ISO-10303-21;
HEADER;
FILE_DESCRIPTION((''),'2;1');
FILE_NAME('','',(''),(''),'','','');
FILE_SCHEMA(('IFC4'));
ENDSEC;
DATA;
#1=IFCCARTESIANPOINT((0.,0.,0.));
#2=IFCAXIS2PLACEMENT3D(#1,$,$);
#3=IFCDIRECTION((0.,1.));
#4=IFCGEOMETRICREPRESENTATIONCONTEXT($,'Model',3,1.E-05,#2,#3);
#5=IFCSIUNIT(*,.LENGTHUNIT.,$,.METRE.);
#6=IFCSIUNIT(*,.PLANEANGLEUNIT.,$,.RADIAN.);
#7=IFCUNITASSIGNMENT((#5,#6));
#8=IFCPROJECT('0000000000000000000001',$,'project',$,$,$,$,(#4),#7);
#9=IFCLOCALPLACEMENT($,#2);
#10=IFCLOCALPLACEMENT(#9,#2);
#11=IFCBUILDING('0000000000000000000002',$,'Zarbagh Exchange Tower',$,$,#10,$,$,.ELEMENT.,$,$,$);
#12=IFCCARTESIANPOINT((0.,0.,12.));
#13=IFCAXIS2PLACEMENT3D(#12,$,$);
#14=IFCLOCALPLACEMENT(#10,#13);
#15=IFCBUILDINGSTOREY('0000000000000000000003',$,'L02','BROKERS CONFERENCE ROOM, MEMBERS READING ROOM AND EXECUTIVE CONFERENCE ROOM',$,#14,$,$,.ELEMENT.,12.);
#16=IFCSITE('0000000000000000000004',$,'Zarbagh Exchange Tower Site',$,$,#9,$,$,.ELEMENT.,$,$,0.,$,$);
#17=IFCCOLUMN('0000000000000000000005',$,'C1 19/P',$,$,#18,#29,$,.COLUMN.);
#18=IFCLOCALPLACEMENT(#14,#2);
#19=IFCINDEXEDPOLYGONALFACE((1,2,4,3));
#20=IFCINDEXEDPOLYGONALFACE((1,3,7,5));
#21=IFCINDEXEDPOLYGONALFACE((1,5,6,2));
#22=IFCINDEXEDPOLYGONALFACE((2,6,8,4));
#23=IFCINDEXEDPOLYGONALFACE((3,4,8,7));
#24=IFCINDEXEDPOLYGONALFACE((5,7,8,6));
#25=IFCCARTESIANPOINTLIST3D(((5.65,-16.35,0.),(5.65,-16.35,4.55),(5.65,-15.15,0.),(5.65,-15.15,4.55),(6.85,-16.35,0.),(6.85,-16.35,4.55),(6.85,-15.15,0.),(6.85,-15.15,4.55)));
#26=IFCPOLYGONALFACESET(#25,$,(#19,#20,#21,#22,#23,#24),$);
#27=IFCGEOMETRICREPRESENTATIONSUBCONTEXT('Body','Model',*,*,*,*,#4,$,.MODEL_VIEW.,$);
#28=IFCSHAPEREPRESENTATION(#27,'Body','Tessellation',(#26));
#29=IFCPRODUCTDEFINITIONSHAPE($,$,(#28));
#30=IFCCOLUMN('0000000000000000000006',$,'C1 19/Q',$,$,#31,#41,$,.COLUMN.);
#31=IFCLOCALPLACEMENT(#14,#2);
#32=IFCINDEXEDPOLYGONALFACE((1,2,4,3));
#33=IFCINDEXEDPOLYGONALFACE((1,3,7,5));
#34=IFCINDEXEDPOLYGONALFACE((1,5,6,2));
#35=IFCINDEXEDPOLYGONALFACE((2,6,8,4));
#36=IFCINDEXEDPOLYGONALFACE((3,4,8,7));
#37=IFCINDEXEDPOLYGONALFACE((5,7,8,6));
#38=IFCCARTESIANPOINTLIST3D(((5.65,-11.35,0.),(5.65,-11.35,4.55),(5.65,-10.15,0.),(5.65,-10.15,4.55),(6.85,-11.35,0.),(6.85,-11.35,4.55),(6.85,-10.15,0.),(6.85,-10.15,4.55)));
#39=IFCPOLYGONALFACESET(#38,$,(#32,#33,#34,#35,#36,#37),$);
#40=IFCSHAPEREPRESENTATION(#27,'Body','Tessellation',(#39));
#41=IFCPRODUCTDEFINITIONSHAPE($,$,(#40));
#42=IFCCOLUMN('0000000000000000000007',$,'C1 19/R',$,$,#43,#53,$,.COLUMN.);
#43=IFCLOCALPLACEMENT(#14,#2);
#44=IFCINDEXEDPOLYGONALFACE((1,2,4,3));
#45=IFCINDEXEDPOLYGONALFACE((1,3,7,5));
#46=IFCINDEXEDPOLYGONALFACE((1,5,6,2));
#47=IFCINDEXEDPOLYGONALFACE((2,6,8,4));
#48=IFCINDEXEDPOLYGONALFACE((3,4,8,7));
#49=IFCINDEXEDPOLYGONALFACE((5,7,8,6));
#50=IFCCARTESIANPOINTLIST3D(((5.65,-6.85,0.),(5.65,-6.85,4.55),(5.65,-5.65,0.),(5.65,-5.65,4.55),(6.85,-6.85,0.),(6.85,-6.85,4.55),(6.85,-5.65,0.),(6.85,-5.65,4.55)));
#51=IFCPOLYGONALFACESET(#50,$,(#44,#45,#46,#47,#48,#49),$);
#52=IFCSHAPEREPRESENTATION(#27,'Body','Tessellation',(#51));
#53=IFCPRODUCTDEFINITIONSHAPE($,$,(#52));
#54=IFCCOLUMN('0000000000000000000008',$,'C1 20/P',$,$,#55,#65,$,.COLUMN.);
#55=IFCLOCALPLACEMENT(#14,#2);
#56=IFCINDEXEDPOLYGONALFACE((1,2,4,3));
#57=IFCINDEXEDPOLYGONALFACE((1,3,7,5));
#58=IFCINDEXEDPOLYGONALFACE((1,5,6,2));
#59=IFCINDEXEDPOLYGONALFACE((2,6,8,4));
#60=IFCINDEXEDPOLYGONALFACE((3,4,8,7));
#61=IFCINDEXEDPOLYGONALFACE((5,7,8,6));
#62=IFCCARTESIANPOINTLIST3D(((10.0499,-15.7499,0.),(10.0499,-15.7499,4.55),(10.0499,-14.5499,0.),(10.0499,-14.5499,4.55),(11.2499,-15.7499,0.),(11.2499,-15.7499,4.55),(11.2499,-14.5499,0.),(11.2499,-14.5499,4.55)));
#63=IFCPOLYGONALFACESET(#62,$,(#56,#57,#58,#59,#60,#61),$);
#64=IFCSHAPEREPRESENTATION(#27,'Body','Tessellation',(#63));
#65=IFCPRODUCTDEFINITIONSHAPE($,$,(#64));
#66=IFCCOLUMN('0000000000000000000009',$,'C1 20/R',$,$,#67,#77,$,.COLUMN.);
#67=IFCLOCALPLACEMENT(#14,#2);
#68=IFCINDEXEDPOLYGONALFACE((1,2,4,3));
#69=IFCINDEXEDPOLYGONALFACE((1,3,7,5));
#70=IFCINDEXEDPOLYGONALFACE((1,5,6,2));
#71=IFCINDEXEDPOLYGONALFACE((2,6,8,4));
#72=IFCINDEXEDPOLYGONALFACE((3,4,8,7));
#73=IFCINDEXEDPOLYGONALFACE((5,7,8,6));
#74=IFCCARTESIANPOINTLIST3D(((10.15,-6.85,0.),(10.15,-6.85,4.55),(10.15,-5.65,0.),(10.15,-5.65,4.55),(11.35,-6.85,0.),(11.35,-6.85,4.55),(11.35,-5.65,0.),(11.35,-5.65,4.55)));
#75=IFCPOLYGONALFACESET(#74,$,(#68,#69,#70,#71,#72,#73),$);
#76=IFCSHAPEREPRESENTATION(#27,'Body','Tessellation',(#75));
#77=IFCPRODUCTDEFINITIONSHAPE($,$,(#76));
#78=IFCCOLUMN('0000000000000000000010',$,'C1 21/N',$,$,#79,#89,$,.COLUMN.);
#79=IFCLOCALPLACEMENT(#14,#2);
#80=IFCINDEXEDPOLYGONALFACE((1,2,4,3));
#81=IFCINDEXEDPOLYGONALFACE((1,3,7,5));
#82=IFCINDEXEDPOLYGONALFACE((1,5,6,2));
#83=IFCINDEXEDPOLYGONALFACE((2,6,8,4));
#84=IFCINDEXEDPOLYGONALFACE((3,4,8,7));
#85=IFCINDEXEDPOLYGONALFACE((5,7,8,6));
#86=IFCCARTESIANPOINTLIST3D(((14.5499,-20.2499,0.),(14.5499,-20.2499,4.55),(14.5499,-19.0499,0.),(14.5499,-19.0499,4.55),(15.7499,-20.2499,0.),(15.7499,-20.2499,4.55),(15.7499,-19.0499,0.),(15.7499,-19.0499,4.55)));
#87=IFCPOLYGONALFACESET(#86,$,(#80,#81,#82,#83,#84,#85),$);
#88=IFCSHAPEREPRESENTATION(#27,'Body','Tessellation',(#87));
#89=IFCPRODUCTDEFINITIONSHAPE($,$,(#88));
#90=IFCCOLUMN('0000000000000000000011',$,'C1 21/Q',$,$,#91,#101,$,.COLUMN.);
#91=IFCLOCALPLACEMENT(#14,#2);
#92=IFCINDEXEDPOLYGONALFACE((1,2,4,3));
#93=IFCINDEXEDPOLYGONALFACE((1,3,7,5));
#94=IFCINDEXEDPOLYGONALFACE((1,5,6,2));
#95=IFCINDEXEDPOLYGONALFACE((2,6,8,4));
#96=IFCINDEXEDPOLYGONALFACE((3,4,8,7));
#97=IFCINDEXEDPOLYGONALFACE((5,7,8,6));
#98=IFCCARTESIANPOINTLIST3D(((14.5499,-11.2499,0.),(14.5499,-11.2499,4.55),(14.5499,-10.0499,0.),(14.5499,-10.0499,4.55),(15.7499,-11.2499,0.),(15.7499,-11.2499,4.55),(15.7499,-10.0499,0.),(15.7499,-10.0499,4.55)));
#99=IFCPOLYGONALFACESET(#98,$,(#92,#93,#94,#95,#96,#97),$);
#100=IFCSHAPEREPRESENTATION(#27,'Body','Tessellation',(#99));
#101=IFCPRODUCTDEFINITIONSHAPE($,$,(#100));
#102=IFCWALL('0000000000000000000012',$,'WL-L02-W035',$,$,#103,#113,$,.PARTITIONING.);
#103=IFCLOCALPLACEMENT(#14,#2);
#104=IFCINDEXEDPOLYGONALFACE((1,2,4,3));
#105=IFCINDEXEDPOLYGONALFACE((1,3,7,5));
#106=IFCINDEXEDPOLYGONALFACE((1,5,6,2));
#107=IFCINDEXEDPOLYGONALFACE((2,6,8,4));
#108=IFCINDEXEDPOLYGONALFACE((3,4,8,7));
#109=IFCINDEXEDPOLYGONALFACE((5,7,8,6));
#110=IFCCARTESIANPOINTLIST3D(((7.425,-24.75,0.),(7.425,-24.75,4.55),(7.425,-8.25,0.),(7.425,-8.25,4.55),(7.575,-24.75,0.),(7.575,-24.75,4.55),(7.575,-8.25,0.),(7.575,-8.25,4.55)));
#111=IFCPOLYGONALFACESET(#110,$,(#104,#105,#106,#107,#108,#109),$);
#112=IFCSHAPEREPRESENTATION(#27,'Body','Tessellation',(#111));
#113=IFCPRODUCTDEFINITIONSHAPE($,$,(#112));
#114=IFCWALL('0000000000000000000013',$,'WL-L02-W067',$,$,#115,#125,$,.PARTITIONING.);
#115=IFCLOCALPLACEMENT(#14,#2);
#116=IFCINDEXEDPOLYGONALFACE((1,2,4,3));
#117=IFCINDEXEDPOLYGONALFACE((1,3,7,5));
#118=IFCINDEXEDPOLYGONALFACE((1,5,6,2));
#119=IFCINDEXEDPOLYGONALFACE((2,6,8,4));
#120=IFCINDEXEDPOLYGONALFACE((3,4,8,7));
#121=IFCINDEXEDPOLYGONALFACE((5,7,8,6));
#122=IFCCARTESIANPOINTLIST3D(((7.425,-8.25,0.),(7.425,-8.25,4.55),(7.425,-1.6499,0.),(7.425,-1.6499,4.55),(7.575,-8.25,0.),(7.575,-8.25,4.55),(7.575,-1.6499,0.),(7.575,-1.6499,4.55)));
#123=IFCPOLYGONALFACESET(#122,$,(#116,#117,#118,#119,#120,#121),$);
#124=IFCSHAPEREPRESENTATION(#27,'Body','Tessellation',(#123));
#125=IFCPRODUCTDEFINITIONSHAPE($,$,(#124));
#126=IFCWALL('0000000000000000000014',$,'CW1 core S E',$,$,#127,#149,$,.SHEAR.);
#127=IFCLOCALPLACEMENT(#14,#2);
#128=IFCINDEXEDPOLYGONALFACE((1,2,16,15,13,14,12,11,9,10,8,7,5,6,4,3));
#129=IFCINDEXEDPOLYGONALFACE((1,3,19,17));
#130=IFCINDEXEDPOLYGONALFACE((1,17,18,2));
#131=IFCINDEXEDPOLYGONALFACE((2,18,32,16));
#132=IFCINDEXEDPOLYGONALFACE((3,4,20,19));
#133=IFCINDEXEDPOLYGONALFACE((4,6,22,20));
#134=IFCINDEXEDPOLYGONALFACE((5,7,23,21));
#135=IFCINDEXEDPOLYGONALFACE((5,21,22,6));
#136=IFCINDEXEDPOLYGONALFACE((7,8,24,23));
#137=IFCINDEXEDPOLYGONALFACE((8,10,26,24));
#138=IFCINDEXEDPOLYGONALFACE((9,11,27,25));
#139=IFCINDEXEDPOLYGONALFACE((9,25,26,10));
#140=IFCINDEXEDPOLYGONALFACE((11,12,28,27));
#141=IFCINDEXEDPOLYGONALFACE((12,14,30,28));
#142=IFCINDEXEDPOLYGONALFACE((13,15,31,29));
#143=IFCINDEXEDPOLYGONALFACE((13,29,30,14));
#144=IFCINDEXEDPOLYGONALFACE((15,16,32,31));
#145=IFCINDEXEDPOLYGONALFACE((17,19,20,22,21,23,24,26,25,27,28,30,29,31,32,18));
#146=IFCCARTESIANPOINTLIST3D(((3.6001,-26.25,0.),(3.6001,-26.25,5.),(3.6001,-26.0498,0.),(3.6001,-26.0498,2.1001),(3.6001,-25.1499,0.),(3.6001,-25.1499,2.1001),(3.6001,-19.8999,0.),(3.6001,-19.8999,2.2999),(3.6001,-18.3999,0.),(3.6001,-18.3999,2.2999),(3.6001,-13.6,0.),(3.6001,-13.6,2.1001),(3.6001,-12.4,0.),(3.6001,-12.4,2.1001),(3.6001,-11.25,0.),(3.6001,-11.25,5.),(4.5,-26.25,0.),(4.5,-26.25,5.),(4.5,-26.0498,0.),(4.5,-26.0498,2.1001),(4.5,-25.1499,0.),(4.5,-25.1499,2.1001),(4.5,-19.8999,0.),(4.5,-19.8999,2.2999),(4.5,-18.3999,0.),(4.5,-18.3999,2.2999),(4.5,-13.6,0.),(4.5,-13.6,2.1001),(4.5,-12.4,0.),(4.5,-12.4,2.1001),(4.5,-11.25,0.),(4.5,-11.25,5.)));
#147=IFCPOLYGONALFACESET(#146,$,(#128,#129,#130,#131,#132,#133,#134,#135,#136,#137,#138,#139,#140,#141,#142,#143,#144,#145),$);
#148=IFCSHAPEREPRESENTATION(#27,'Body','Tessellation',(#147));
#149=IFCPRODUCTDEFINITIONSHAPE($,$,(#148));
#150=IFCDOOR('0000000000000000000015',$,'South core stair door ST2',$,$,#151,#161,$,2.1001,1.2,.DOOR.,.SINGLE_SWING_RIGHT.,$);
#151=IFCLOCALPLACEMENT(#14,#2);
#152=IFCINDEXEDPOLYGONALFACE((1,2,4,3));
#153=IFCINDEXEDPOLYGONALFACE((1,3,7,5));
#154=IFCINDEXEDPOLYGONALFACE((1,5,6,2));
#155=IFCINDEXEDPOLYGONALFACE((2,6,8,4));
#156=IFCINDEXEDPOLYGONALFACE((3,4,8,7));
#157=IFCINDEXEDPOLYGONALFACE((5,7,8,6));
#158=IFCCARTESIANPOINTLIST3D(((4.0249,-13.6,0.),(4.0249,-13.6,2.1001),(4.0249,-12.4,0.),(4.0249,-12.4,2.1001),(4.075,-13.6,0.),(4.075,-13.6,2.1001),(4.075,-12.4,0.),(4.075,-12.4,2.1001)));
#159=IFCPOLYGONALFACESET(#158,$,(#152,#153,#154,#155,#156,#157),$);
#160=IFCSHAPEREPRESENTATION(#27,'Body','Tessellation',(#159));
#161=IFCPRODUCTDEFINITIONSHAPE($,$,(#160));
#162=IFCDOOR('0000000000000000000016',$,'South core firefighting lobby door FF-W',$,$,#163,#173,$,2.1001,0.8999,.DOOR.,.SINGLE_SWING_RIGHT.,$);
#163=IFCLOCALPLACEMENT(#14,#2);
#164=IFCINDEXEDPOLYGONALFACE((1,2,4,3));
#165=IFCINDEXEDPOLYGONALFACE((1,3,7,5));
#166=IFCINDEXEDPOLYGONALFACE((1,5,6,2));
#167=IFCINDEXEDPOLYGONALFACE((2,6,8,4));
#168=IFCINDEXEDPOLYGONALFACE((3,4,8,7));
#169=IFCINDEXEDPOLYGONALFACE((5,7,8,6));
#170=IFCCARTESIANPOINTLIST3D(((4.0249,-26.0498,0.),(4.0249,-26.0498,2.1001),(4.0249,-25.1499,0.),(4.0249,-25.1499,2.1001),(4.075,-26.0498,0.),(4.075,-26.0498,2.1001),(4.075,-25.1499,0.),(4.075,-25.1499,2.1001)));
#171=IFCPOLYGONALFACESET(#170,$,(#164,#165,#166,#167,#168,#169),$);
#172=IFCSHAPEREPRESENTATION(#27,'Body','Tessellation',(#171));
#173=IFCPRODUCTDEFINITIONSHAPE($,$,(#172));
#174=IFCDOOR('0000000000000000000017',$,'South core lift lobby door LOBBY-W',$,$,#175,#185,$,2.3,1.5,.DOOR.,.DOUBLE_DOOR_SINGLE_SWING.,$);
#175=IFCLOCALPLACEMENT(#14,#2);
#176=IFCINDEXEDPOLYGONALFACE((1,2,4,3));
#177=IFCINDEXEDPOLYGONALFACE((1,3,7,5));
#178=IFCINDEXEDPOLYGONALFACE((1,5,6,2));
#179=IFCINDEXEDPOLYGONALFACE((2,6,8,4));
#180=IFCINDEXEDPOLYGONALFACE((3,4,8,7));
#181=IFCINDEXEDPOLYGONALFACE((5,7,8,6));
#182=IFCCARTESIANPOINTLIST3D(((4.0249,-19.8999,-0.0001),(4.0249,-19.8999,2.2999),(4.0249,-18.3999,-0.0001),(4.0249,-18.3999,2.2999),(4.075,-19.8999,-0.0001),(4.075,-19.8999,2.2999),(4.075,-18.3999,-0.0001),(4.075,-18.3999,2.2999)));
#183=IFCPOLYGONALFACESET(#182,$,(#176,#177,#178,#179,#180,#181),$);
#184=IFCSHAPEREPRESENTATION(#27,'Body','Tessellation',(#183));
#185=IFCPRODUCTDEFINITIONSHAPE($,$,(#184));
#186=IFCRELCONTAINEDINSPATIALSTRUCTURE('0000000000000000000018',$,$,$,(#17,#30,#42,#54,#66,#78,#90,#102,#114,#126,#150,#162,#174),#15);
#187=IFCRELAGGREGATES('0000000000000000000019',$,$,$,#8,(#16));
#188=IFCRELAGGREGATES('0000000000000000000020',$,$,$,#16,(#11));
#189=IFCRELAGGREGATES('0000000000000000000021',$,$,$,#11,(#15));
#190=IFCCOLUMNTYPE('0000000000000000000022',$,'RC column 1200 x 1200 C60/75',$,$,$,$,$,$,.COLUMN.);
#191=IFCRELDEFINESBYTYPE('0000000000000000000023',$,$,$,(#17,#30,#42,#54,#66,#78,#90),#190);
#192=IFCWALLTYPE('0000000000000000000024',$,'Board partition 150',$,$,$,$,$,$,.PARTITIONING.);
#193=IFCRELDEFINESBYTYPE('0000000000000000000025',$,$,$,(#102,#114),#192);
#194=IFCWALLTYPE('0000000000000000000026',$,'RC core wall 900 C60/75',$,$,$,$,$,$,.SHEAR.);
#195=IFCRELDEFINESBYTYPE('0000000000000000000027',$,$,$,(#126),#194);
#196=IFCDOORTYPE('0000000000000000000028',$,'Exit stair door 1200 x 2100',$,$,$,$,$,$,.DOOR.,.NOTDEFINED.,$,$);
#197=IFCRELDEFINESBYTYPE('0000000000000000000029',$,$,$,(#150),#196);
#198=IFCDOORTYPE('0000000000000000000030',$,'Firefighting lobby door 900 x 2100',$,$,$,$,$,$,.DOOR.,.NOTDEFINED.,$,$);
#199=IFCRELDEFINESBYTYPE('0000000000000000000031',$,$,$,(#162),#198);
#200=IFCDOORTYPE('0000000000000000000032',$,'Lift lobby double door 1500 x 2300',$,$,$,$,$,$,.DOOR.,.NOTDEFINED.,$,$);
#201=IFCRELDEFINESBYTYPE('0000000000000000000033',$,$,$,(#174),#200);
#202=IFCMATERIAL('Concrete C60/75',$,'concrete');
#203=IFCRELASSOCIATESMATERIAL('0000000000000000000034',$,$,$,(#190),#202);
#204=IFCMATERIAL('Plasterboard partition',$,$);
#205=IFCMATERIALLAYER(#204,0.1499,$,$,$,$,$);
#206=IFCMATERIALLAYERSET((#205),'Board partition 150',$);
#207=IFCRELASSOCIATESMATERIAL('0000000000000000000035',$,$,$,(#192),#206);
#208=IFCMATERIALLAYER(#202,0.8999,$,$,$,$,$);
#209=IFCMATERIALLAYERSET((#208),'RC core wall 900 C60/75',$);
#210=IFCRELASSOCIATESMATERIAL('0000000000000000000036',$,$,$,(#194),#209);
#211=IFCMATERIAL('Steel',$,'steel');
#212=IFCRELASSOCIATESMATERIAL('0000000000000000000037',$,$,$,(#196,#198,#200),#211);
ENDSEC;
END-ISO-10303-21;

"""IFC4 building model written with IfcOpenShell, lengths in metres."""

from ifc_helpers import new_model, si_unit, direction, frame, frame_2d, origin, origin_2d, place, context, subcontext, project, spatial, rectangle, extrude, material, layer, layer_set, material_profile, profile_set, type_object, element, fill, save


model = new_model("IFC4")

# Units and contexts
model_context = context("Model", 3, precision=1e-05, world=origin(), true_north=direction((0.0, 1.0)))
body_context = subcontext(model_context, "Body", "Model", "MODEL_VIEW")
ifc_project = project(units=[si_unit("LENGTHUNIT", "METRE"), si_unit("PLANEANGLEUNIT", "RADIAN")], contexts=[model_context])

# Site, building, storey
site_placement = place(None, origin())
site = spatial("IfcSite", under=ifc_project, at=site_placement, Name="Zarbagh Exchange Tower Site", CompositionType="ELEMENT", RefElevation=0.0)
building_placement = place(site_placement, origin())
building = spatial("IfcBuilding", under=site, at=building_placement, Name="Zarbagh Exchange Tower", CompositionType="ELEMENT")
storey_placement = place(building_placement, frame((0.0, 0.0, 12.0)))
storey = spatial("IfcBuildingStorey", under=building, at=storey_placement, Name="L02", Description="BROKERS CONFERENCE ROOM, MEMBERS READING ROOM AND EXECUTIVE CONFERENCE ROOM", CompositionType="ELEMENT", Elevation=12.0)

# Columns
ifc_material_1 = material(Name="Concrete C60/75", Category="concrete")
ifc_material_profile = material_profile(ifc_material_1, rectangle(XDim=1.2, YDim=1.2, at=origin_2d()), Name="RC column 1200 x 1200 C60/75")
ifc_profile_set = profile_set([ifc_material_profile], Name="Concrete C60/75")
column_type = type_object("IfcColumnType", Name="RC column 1200 x 1200 C60/75", PredefinedType="COLUMN", material=ifc_profile_set)
for number, where, z_axis, x_axis, name in (
    (1, (6.25, -15.75, 0.0), (0.0, 0.0, 1.0), (1.0, 0.0, 0.0), "C1 19/P"),
    (2, (6.25, -10.75, 0.0), (0.0, 0.0, 1.0), (1.0, 0.0, 0.0), "C1 19/Q"),
    (3, (6.25, -6.25, 0.0), (0.0, 0.0, 1.0), (1.0, 0.0, 0.0), "C1 19/R"),
    (4, (10.6499, -15.1499, 0.0), (0.0, 0.0, 1.0), (1.0, 0.0, 0.0), "C1 20/P"),
    (5, (10.75, -6.25, 0.0), (0.0, 0.0, 1.0), (1.0, 0.0, 0.0), "C1 20/R"),
    (6, (15.1499, -19.6499, 0.0), (0.0, 0.0, 1.0), (1.0, 0.0, 0.0), "C1 21/N"),
    (7, (15.1499, -10.6499, 0.0), (0.0, 0.0, 1.0), (1.0, 0.0, 0.0), "C1 21/Q"),
):
    element("IfcColumn", number, at=place(storey_placement, frame(where, z_axis=z_axis, x_axis=x_axis)), inside=storey, type_object=column_type, Name=name, PredefinedType="COLUMN", context=body_context, shape_type="SweptSolid", body=[
        extrude(rectangle(XDim=1.2, YDim=1.2, at=origin_2d()), origin(), (0.0, 0.0, 1.0), 4.55),
    ])

# Walls
ifc_material_2 = material(Name="Plasterboard partition")
ifc_layer_1 = layer(ifc_material_2, 0.1499)
ifc_layer_set_1 = layer_set([ifc_layer_1], Name="Board partition 150")
wall_type_1 = type_object("IfcWallType", Name="Board partition 150", PredefinedType="PARTITIONING", material=ifc_layer_set_1)
wall_1_placement = place(storey_placement, frame((7.5, -8.25, 0.0), z_axis=(0.0, 0.0, 1.0), x_axis=(0.0, -1.0, 0.0)))
element("IfcWall", 8, at=wall_1_placement, inside=storey, type_object=wall_type_1, Name="WL-L02-W035", PredefinedType="PARTITIONING", context=body_context, shape_type="SweptSolid", body=[
    extrude(rectangle(XDim=16.5, YDim=0.1499, at=frame_2d((8.25, 0.0))), origin(), (0.0, 0.0, 1.0), 4.55),
])
wall_2_placement = place(storey_placement, frame((7.5, -8.25, 0.0), z_axis=(0.0, 0.0, 1.0), x_axis=(0.0, 1.0, 0.0)))
element("IfcWall", 9, at=wall_2_placement, inside=storey, type_object=wall_type_1, Name="WL-L02-W067", PredefinedType="PARTITIONING", context=body_context, shape_type="SweptSolid", body=[
    extrude(rectangle(XDim=6.6001, YDim=0.1499, at=frame_2d((3.3, 0.0))), origin(), (0.0, 0.0, 1.0), 4.55),
])

# Wall, openings, doors
ifc_layer_2 = layer(ifc_material_1, 0.8999)
ifc_layer_set_2 = layer_set([ifc_layer_2], Name="RC core wall 900 C60/75")
wall_type_2 = type_object("IfcWallType", Name="RC core wall 900 C60/75", PredefinedType="SHEAR", material=ifc_layer_set_2)
wall_3_placement = place(storey_placement, frame((4.05, -11.25, 0.0), z_axis=(0.0, 0.0, 1.0), x_axis=(0.0, -1.0, 0.0)))
wall_3 = element("IfcWall", 10, at=wall_3_placement, inside=storey, type_object=wall_type_2, Name="CW1 core S E", PredefinedType="SHEAR", context=body_context, shape_type="SweptSolid", body=[
    extrude(rectangle(XDim=15.0, YDim=0.8999, at=frame_2d((7.5, 0.0))), origin(), (0.0, 0.0, 1.0), 5.0),
])
opening_1_placement = place(wall_3_placement, frame((7.1499, 0.0, 0.0)))
opening_1 = element("IfcOpeningElement", 11, at=opening_1_placement, cuts=wall_3, PredefinedType="OPENING", context=body_context, shape_type="SweptSolid", body=[
    extrude(rectangle(XDim=1.5, YDim=2.3, at=frame_2d((0.75, 1.1499))), frame((0.0, 0.46, 0.0), z_axis=(0.0, -1.0, 0.0), x_axis=(1.0, 0.0, 0.0)), (0.0, 0.0, 1.0), 0.9199),
])
opening_2_placement = place(wall_3_placement, frame((13.8999, 0.0, 0.0)))
opening_2 = element("IfcOpeningElement", 12, at=opening_2_placement, cuts=wall_3, PredefinedType="OPENING", context=body_context, shape_type="SweptSolid", body=[
    extrude(rectangle(XDim=0.8999, YDim=2.1001, at=frame_2d((0.45, 1.05))), frame((0.0, 0.46, 0.0), z_axis=(0.0, -1.0, 0.0), x_axis=(1.0, 0.0, 0.0)), (0.0, 0.0, 1.0), 0.9199),
])
opening_3_placement = place(wall_3_placement, frame((1.1499, 0.0, 0.0)))
opening_3 = element("IfcOpeningElement", 13, at=opening_3_placement, cuts=wall_3, PredefinedType="OPENING", context=body_context, shape_type="SweptSolid", body=[
    extrude(rectangle(XDim=1.2, YDim=2.1001, at=frame_2d((0.6001, 1.05))), frame((0.0, 0.46, 0.0), z_axis=(0.0, -1.0, 0.0), x_axis=(1.0, 0.0, 0.0)), (0.0, 0.0, 1.0), 0.9199),
])
ifc_material_3 = material(Name="Steel", Category="steel")
door_type_1 = type_object("IfcDoorType", Name="Exit stair door 1200 x 2100", OperationType="NOTDEFINED", PredefinedType="DOOR", material=ifc_material_3)
door_1_placement = place(opening_3_placement, origin())
door_1 = element("IfcDoor", 14, at=door_1_placement, inside=storey, type_object=door_type_1, Name="South core stair door ST2", OperationType="SINGLE_SWING_RIGHT", OverallHeight=2.1001, OverallWidth=1.2, PredefinedType="DOOR", context=body_context, shape_type="SweptSolid", body=[
    extrude(rectangle(XDim=1.2, YDim=2.1001, at=frame_2d((0.6001, 1.05))), frame((0.0, 0.0249, 0.0), z_axis=(0.0, -1.0, 0.0), x_axis=(1.0, 0.0, 0.0)), (0.0, 0.0, 1.0), 0.05),
])
fill(opening_3, door_1)
door_type_2 = type_object("IfcDoorType", Name="Firefighting lobby door 900 x 2100", OperationType="NOTDEFINED", PredefinedType="DOOR", material=ifc_material_3)
door_2_placement = place(opening_2_placement, origin())
door_2 = element("IfcDoor", 15, at=door_2_placement, inside=storey, type_object=door_type_2, Name="South core firefighting lobby door FF-W", OperationType="SINGLE_SWING_RIGHT", OverallHeight=2.1001, OverallWidth=0.8999, PredefinedType="DOOR", context=body_context, shape_type="SweptSolid", body=[
    extrude(rectangle(XDim=0.8999, YDim=2.1001, at=frame_2d((0.45, 1.05))), frame((0.0, 0.0249, 0.0), z_axis=(0.0, -1.0, 0.0), x_axis=(1.0, 0.0, 0.0)), (0.0, 0.0, 1.0), 0.05),
])
fill(opening_2, door_2)
door_type_3 = type_object("IfcDoorType", Name="Lift lobby double door 1500 x 2300", OperationType="NOTDEFINED", PredefinedType="DOOR", material=ifc_material_3)
door_3_placement = place(opening_1_placement, origin())
door_3 = element("IfcDoor", 16, at=door_3_placement, inside=storey, type_object=door_type_3, Name="South core lift lobby door LOBBY-W", OperationType="DOUBLE_DOOR_SINGLE_SWING", OverallHeight=2.3, OverallWidth=1.5, PredefinedType="DOOR", context=body_context, shape_type="SweptSolid", body=[
    extrude(rectangle(XDim=1.5, YDim=2.3, at=frame_2d((0.75, 1.1499))), frame((0.0, 0.0249, 0.0), z_axis=(0.0, -1.0, 0.0), x_axis=(1.0, 0.0, 0.0)), (0.0, 0.0, 1.0), 0.05),
])
fill(opening_1, door_3)

save(model, "model.ifc")
